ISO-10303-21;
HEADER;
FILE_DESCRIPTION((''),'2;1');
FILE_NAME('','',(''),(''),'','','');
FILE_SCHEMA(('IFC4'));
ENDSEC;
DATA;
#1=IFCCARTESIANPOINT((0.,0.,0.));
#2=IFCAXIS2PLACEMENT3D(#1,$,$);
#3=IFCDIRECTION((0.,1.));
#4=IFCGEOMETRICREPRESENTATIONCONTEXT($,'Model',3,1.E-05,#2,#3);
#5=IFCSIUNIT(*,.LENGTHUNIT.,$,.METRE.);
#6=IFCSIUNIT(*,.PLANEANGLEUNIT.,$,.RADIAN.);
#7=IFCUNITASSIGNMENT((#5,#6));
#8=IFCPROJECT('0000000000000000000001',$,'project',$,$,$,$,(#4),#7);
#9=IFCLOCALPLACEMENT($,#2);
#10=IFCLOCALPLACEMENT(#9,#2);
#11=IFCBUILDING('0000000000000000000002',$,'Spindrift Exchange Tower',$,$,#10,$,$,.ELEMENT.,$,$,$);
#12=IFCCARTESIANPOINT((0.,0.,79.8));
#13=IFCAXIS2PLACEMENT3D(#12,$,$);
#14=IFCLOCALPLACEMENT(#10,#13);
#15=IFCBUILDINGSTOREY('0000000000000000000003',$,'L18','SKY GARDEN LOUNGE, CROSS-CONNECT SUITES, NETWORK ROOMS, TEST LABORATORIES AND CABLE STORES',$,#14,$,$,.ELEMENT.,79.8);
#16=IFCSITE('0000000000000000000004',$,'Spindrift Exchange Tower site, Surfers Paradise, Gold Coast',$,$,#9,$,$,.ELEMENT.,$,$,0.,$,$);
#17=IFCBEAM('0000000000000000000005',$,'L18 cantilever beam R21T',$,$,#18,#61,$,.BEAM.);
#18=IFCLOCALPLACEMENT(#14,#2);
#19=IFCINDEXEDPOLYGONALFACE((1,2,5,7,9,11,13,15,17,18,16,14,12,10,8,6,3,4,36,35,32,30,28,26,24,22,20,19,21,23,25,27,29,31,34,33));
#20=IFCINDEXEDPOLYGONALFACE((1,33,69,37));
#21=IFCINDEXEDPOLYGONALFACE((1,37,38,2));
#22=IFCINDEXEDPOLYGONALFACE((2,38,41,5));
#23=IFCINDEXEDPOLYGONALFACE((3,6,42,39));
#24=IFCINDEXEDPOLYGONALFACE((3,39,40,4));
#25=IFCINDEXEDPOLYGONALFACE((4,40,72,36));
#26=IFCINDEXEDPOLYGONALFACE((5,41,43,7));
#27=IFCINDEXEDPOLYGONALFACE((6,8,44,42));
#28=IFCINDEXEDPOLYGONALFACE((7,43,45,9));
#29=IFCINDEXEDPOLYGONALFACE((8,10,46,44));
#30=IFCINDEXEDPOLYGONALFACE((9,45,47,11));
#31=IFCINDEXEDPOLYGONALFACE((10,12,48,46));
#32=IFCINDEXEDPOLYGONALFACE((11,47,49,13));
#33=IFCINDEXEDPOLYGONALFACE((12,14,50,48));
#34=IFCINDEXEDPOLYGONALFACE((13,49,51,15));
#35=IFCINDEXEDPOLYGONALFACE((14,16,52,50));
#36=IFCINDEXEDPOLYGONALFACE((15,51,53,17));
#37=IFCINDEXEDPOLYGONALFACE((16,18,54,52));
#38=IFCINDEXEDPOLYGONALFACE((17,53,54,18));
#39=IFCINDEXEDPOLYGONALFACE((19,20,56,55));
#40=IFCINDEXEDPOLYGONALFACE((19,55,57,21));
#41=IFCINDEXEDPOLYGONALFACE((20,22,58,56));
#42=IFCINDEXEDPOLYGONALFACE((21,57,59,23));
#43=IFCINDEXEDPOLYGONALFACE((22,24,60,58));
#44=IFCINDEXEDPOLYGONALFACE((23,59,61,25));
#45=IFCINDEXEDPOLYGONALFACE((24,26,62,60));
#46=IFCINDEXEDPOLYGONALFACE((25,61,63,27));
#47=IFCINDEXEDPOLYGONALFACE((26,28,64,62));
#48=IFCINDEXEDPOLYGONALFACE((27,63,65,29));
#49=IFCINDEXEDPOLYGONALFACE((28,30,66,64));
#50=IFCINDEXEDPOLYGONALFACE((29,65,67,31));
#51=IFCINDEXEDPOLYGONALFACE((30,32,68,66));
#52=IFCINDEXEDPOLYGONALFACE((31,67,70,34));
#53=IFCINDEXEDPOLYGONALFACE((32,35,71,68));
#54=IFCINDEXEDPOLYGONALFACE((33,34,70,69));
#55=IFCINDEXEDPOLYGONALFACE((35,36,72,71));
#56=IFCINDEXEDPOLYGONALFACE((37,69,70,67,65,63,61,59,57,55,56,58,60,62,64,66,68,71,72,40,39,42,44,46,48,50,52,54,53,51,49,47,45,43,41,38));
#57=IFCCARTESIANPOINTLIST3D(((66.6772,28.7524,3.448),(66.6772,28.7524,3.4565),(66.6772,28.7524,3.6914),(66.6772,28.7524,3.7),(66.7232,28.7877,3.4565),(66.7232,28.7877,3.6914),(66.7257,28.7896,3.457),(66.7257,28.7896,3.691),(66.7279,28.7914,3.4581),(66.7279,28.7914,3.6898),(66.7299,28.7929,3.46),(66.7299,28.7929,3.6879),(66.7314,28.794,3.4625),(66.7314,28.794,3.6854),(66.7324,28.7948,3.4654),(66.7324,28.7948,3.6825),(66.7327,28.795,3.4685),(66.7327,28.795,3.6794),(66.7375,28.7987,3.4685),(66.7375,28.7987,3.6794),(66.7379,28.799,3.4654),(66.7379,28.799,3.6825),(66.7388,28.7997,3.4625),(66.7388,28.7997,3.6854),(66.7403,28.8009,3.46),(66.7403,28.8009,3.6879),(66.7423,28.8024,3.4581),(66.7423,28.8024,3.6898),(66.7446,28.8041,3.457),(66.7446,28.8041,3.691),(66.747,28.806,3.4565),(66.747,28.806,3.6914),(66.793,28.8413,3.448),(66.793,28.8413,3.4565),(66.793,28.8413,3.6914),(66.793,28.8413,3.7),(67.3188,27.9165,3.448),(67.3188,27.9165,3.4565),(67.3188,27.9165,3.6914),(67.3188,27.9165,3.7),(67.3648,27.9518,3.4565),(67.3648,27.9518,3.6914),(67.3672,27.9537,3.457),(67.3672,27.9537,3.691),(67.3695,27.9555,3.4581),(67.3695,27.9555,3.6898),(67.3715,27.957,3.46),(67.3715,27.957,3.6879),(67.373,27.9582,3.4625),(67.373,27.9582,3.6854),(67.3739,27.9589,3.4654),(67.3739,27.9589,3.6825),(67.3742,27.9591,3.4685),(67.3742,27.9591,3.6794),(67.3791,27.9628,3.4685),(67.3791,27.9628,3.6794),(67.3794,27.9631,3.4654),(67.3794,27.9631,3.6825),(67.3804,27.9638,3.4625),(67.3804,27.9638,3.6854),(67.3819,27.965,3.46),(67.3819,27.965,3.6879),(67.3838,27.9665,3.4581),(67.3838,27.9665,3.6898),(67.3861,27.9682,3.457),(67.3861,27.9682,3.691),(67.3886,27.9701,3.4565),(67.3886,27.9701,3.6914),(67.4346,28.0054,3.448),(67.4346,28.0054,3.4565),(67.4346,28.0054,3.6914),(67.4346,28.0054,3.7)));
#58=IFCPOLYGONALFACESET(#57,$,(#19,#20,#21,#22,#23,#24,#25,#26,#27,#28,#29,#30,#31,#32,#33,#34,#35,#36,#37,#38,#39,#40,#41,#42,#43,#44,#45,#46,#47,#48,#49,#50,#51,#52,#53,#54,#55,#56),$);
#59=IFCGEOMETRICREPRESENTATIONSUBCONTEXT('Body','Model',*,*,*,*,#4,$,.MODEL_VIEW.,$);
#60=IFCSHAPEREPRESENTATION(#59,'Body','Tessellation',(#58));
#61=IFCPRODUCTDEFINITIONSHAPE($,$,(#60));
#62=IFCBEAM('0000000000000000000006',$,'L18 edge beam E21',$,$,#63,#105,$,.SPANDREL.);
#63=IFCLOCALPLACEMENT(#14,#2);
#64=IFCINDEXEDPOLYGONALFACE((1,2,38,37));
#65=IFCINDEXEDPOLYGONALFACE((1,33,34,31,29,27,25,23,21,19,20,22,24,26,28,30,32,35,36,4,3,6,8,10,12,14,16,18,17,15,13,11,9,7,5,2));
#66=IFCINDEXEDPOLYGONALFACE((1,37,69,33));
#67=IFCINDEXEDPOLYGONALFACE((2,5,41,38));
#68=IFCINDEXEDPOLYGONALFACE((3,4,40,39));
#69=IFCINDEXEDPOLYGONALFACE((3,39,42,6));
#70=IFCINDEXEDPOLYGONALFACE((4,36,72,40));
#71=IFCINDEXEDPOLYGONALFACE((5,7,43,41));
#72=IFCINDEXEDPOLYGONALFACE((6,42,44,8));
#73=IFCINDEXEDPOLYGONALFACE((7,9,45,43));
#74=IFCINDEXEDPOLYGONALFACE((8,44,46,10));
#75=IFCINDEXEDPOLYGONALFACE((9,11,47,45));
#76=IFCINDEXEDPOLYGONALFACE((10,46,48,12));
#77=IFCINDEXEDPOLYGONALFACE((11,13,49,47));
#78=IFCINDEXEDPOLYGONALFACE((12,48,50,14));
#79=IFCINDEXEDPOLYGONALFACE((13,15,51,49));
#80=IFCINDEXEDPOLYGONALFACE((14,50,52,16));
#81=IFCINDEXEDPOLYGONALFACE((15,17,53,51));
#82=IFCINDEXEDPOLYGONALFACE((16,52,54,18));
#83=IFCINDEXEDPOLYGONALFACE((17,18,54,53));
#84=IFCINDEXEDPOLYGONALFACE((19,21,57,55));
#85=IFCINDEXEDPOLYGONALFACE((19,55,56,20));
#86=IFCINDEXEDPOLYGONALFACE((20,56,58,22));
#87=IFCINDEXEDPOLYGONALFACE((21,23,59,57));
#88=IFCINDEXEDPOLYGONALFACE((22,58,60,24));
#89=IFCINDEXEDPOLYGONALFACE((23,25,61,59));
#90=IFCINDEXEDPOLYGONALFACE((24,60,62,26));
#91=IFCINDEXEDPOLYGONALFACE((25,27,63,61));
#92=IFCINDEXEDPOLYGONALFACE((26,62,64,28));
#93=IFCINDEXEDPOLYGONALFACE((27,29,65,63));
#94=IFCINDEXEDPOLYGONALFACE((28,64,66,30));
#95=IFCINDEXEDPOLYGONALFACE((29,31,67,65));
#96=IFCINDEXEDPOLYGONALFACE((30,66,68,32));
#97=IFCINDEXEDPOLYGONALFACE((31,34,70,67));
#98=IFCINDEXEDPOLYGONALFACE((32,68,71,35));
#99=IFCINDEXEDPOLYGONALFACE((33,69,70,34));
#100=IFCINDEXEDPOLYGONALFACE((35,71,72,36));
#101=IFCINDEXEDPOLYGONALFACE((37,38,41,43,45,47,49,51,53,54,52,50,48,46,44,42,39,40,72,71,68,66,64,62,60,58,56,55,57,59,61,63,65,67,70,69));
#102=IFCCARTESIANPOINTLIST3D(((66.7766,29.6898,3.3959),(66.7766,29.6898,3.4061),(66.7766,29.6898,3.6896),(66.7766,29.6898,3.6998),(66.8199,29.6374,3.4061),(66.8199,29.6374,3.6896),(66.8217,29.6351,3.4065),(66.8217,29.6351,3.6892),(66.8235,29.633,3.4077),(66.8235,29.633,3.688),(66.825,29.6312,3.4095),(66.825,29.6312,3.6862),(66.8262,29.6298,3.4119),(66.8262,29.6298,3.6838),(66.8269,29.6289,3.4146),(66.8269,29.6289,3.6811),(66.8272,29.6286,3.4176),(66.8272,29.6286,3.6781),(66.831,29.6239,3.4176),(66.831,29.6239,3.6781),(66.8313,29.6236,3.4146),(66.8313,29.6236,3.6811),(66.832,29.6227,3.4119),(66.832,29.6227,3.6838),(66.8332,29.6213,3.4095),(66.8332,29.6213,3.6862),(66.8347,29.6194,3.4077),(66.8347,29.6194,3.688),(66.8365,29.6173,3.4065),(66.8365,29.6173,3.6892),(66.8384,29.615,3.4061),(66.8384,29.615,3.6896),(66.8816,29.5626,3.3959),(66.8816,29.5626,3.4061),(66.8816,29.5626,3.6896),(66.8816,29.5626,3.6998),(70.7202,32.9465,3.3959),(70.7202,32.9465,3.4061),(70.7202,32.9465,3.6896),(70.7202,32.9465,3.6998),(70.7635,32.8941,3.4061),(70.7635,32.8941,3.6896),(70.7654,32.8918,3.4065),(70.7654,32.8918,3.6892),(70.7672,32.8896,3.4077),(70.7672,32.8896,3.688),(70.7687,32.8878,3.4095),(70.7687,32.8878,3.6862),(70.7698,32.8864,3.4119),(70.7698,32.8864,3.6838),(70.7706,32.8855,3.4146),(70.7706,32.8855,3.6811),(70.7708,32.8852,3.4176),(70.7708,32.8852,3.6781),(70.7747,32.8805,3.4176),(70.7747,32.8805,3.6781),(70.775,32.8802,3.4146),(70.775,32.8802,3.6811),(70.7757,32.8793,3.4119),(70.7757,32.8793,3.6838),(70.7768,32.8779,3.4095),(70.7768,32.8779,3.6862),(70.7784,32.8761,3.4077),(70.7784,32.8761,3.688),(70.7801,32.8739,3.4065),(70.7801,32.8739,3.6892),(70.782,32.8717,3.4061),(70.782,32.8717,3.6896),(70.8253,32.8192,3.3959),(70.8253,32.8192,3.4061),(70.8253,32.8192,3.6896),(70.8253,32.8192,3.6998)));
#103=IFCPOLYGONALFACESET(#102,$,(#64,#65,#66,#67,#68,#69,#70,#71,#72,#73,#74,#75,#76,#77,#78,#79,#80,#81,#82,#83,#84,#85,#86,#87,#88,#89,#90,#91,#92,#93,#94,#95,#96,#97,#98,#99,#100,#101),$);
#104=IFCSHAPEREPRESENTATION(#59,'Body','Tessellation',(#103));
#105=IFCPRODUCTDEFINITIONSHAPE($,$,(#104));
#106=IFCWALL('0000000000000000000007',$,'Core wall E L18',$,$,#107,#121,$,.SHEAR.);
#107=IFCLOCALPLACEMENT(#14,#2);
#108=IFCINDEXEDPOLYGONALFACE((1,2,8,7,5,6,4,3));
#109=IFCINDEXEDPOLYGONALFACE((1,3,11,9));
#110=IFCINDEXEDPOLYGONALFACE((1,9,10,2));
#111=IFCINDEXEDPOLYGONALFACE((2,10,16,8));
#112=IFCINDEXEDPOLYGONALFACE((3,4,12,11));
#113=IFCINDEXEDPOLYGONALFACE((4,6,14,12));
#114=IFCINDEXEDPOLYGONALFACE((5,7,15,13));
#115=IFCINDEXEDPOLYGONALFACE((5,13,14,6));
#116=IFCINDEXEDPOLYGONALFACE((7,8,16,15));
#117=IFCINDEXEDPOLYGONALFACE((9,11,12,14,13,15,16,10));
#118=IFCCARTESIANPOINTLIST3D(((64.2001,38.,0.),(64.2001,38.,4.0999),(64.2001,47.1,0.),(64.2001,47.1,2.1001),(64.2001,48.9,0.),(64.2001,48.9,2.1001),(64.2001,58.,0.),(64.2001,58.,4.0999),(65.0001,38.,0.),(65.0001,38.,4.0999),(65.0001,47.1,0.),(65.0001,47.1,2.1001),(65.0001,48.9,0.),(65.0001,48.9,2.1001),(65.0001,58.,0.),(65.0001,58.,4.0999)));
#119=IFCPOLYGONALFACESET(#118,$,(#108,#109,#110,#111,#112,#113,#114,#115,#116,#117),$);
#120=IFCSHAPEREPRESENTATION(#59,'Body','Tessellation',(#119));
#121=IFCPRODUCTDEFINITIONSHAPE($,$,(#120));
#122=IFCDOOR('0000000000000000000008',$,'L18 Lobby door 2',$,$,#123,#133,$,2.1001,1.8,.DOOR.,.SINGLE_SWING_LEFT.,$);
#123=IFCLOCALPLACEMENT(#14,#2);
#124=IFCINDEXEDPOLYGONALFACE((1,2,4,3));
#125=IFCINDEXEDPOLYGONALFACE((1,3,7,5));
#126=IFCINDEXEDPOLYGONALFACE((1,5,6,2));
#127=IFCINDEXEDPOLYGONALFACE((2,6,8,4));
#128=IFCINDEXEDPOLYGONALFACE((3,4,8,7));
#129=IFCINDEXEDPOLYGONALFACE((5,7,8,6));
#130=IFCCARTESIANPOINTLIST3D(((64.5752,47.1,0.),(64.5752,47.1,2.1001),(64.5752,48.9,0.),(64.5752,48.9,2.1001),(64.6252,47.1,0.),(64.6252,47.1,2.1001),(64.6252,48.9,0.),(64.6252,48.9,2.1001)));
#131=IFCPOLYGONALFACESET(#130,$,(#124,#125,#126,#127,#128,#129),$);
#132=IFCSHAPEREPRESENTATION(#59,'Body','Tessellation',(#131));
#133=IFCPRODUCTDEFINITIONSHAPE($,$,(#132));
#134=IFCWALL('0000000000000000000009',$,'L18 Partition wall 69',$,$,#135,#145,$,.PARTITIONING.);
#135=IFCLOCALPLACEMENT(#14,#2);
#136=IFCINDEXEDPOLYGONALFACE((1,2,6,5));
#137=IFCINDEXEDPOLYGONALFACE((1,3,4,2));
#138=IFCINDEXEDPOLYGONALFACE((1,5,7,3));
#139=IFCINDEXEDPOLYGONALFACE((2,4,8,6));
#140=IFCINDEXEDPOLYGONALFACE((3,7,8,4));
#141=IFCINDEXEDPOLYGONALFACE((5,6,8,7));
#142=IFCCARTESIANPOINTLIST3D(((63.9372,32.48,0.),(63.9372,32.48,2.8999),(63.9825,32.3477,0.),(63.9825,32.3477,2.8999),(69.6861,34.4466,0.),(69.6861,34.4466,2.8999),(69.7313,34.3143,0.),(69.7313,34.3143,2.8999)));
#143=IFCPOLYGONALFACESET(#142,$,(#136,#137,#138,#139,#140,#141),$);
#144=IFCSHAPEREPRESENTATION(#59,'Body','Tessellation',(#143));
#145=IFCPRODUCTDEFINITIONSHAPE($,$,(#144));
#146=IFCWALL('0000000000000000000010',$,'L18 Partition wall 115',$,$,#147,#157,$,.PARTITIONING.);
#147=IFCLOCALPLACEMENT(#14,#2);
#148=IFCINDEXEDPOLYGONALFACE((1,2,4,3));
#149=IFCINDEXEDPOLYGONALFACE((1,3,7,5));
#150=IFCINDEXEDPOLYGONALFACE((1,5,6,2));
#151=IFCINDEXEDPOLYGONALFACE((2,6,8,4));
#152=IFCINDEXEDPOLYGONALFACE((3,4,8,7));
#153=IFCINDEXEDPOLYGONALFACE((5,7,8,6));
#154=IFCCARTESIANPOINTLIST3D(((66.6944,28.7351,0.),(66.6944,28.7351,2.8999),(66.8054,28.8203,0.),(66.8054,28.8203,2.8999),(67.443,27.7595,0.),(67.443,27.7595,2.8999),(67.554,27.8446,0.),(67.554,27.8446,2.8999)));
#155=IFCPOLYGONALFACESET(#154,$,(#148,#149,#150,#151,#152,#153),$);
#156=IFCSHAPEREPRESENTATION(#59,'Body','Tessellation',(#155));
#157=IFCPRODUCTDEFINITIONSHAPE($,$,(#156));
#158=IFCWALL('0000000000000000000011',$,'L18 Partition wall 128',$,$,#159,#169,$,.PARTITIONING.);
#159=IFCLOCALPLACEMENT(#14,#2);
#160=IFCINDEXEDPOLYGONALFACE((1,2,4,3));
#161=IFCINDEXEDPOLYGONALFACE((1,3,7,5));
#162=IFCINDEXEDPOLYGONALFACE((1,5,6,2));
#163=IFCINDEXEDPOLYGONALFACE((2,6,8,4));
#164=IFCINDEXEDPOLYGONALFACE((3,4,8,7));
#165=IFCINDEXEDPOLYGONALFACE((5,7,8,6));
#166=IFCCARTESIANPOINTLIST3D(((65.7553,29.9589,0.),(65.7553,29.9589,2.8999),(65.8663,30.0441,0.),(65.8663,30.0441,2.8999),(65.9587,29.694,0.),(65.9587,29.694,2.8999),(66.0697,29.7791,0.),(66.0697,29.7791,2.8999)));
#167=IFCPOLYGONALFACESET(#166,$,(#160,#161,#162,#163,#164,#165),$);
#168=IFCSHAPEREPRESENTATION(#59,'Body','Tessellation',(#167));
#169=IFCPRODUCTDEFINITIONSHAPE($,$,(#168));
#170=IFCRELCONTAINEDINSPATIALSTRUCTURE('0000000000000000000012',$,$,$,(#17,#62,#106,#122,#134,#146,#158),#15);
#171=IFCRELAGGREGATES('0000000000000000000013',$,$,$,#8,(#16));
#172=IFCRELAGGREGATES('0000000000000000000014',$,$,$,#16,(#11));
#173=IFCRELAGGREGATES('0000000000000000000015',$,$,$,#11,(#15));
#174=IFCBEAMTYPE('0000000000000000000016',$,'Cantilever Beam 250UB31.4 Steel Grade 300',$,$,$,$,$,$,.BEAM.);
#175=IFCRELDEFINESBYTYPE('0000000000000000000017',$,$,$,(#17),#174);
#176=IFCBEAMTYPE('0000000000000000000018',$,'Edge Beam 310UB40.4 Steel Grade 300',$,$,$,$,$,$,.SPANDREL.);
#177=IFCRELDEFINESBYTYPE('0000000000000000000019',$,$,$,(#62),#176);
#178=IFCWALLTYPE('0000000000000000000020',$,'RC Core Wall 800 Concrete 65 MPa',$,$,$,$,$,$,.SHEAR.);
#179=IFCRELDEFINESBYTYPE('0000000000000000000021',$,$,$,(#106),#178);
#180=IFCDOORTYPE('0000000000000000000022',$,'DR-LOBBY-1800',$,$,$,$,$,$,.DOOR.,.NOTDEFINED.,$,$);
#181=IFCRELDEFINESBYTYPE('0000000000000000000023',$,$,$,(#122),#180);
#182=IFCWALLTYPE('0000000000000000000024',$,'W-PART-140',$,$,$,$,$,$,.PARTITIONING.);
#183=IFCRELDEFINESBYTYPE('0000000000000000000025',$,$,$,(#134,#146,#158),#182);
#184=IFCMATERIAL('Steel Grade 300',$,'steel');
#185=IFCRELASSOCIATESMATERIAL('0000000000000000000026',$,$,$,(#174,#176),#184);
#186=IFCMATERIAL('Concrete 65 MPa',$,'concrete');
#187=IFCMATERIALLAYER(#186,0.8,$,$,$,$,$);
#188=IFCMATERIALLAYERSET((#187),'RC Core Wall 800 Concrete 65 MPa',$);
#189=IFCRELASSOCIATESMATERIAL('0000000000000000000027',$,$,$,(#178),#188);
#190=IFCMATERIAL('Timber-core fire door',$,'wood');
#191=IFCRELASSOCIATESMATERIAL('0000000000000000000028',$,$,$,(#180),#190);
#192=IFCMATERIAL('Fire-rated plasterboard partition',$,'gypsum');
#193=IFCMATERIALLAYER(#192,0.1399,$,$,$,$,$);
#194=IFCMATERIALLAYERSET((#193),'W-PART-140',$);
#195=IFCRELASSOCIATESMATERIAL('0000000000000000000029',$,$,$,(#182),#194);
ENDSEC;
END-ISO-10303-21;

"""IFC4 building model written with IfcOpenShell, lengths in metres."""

from ifc_helpers import new_model, si_unit, direction, frame, frame_2d, origin, origin_2d, place, context, subcontext, project, spatial, rectangle, i_section, extrude, source, transform, mapped, material, layer, layer_set, material_profile, profile_set, type_object, element, fill, save


model = new_model("IFC4")

# Units and contexts
model_context = context("Model", 3, precision=1e-05, world=origin(), true_north=direction((0.0, 1.0)))
body_context = subcontext(model_context, "Body", "Model", "MODEL_VIEW")
ifc_project = project(units=[si_unit("LENGTHUNIT", "METRE"), si_unit("PLANEANGLEUNIT", "RADIAN")], contexts=[model_context])

# Site, building, storey
site_placement = place(None, origin())
site = spatial("IfcSite", under=ifc_project, at=site_placement, Name="Spindrift Exchange Tower site, Surfers Paradise, Gold Coast", CompositionType="ELEMENT", RefElevation=0.0)
building_placement = place(site_placement, origin())
building = spatial("IfcBuilding", under=site, at=building_placement, Name="Spindrift Exchange Tower", CompositionType="ELEMENT")
storey_placement = place(building_placement, frame((0.0, 0.0, 79.8)))
storey = spatial("IfcBuildingStorey", under=building, at=storey_placement, Name="L18", Description="SKY GARDEN LOUNGE, CROSS-CONNECT SUITES, NETWORK ROOMS, TEST LABORATORIES AND CABLE STORES", CompositionType="ELEMENT", Elevation=79.8)

# Shared definitions
ifc_material_1 = material(Name="Concrete 65 MPa", Category="concrete")

# Beams
ifc_material_2 = material(Name="Steel Grade 300", Category="steel")
ifc_material_profile_1 = material_profile(ifc_material_2, i_section(OverallWidth=0.146, OverallDepth=0.252, WebThickness=0.0061, FlangeThickness=0.0085, FilletRadius=0.012, at=origin_2d()), Name="250UB31.4")
ifc_profile_set_1 = profile_set([ifc_material_profile_1], Name="Steel Grade 300")
beam_type_1 = type_object("IfcBeamType", Name="Cantilever Beam 250UB31.4 Steel Grade 300", PredefinedType="BEAM", material=ifc_profile_set_1)
shared_shape_1 = source(origin(), body_context, "Body", "SweptSolid", [
    extrude(i_section(OverallWidth=0.146, OverallDepth=0.252, WebThickness=0.0061, FlangeThickness=0.0085, FilletRadius=0.012, at=origin_2d()), origin(), (0.0, 0.0, 1.0), 1.0537),
])
beam_1_placement = place(storey_placement, frame((66.7351, 28.7969, 3.574), z_axis=(0.608859, -0.793278, 0.0), x_axis=(0.793278, 0.608859, 0.0)))
element("IfcBeam", 1, at=beam_1_placement, inside=storey, type_object=beam_type_1, Name="L18 cantilever beam R21T", PredefinedType="BEAM", context=body_context, shape_type="MappedRepresentation", body=[
    mapped(shared_shape_1, transform((0.0, 0.0, 0.0), scale=1.0)),
])
ifc_material_profile_2 = material_profile(ifc_material_2, i_section(OverallWidth=0.165, OverallDepth=0.304, WebThickness=0.0061, FlangeThickness=0.0103, FilletRadius=0.0115, at=origin_2d()), Name="310UB40.4")
ifc_profile_set_2 = profile_set([ifc_material_profile_2], Name="Steel Grade 300")
beam_type_2 = type_object("IfcBeamType", Name="Edge Beam 310UB40.4 Steel Grade 300", PredefinedType="SPANDREL", material=ifc_profile_set_2)
shared_shape_2 = source(origin(), body_context, "Body", "SweptSolid", [
    extrude(i_section(OverallWidth=0.165, OverallDepth=0.304, WebThickness=0.0061, FlangeThickness=0.0103, FilletRadius=0.0115, at=origin_2d()), origin(), (0.0, 0.0, 1.0), 5.1145),
])
beam_2_placement = place(storey_placement, frame((66.8291, 29.6262, 3.5479), z_axis=(0.771074, 0.636746, 0.0), x_axis=(-0.636746, 0.771074, 0.0)))
element("IfcBeam", 2, at=beam_2_placement, inside=storey, type_object=beam_type_2, Name="L18 edge beam E21", PredefinedType="SPANDREL", context=body_context, shape_type="MappedRepresentation", body=[
    mapped(shared_shape_2, transform((0.0, 0.0, 0.0), scale=1.0)),
])

# Wall, opening, door
ifc_layer_1 = layer(ifc_material_1, 0.8)
ifc_layer_set_1 = layer_set([ifc_layer_1], Name="RC Core Wall 800 Concrete 65 MPa")
wall_type_1 = type_object("IfcWallType", Name="RC Core Wall 800 Concrete 65 MPa", PredefinedType="SHEAR", material=ifc_layer_set_1)
wall_1_placement = place(storey_placement, frame((64.6001, 38.0, 0.0), z_axis=(0.0, 0.0, 1.0), x_axis=(0.0, 1.0, 0.0)))
wall_1 = element("IfcWall", 3, at=wall_1_placement, inside=storey, type_object=wall_type_1, Name="Core wall E L18", PredefinedType="SHEAR", context=body_context, shape_type="SweptSolid", body=[
    extrude(rectangle(XDim=20.0, YDim=0.8, at=frame_2d((10.0, 0.0))), origin(), (0.0, 0.0, 1.0), 4.0999),
])
opening_1_placement = place(wall_1_placement, frame((9.1001, 0.0, 0.0)))
opening_1 = element("IfcOpeningElement", 4, at=opening_1_placement, cuts=wall_1, PredefinedType="OPENING", context=body_context, shape_type="SweptSolid", body=[
    extrude(rectangle(XDim=1.8, YDim=2.1001, at=frame_2d((0.8999, 1.05))), frame((0.0, 0.4099, 0.0), z_axis=(0.0, -1.0, 0.0), x_axis=(1.0, 0.0, 0.0)), (0.0, 0.0, 1.0), 0.8201),
])
ifc_material_3 = material(Name="Timber-core fire door", Category="wood")
door_type_1 = type_object("IfcDoorType", Name="DR-LOBBY-1800", OperationType="NOTDEFINED", PredefinedType="DOOR", material=ifc_material_3)
shared_shape_3 = source(origin(), body_context, "Body", "SweptSolid", [
    extrude(rectangle(XDim=1.8, YDim=2.1001, at=frame_2d((0.8999, 1.05))), frame((0.0, 0.0249, 0.0), z_axis=(0.0, -1.0, 0.0), x_axis=(1.0, 0.0, 0.0)), (0.0, 0.0, 1.0), 0.05),
])
door_1_placement = place(opening_1_placement, origin())
door_1 = element("IfcDoor", 5, at=door_1_placement, inside=storey, type_object=door_type_1, Name="L18 Lobby door 2", OperationType="SINGLE_SWING_LEFT", OverallHeight=2.1001, OverallWidth=1.8, PredefinedType="DOOR", context=body_context, shape_type="MappedRepresentation", body=[
    mapped(shared_shape_3, transform((0.0, 0.0, 0.0), scale=1.0)),
])
fill(opening_1, door_1)

# Walls
ifc_material_4 = material(Name="Fire-rated plasterboard partition", Category="gypsum")
ifc_layer_2 = layer(ifc_material_4, 0.1399)
ifc_layer_set_2 = layer_set([ifc_layer_2], Name="W-PART-140")
wall_type_2 = type_object("IfcWallType", Name="W-PART-140", PredefinedType="PARTITIONING", material=ifc_layer_set_2)
wall_2_placement = place(storey_placement, frame((63.9597, 32.4138, 0.0), z_axis=(0.0, 0.0, 1.0), x_axis=(0.946171, 0.323668, 0.0)))
element("IfcWall", 6, at=wall_2_placement, inside=storey, type_object=wall_type_2, Name="L18 Partition wall 69", PredefinedType="PARTITIONING", context=body_context, shape_type="SweptSolid", body=[
    extrude(rectangle(XDim=6.0759, YDim=0.1399, at=frame_2d((3.0381, 0.0))), origin(), (0.0, 0.0, 1.0), 2.8999),
])
wall_3_placement = place(storey_placement, frame((66.75, 28.7776, 0.0), z_axis=(0.0, 0.0, 1.0), x_axis=(0.608732, -0.793376, 0.0)))
element("IfcWall", 7, at=wall_3_placement, inside=storey, type_object=wall_type_2, Name="L18 Partition wall 115", PredefinedType="PARTITIONING", context=body_context, shape_type="SweptSolid", body=[
    extrude(rectangle(XDim=1.2297, YDim=0.1399, at=frame_2d((0.6147, 0.0))), origin(), (0.0, 0.0, 1.0), 2.8999),
])
wall_4_placement = place(storey_placement, frame((65.8108, 30.0015, 0.0), z_axis=(0.0, 0.0, 1.0), x_axis=(0.608969, -0.793194, 0.0)))
element("IfcWall", 8, at=wall_4_placement, inside=storey, type_object=wall_type_2, Name="L18 Partition wall 128", PredefinedType="PARTITIONING", context=body_context, shape_type="SweptSolid", body=[
    extrude(rectangle(XDim=0.334, YDim=0.1399, at=frame_2d((0.167, 0.0))), origin(), (0.0, 0.0, 1.0), 2.8999),
])

save(model, "model.ifc")
